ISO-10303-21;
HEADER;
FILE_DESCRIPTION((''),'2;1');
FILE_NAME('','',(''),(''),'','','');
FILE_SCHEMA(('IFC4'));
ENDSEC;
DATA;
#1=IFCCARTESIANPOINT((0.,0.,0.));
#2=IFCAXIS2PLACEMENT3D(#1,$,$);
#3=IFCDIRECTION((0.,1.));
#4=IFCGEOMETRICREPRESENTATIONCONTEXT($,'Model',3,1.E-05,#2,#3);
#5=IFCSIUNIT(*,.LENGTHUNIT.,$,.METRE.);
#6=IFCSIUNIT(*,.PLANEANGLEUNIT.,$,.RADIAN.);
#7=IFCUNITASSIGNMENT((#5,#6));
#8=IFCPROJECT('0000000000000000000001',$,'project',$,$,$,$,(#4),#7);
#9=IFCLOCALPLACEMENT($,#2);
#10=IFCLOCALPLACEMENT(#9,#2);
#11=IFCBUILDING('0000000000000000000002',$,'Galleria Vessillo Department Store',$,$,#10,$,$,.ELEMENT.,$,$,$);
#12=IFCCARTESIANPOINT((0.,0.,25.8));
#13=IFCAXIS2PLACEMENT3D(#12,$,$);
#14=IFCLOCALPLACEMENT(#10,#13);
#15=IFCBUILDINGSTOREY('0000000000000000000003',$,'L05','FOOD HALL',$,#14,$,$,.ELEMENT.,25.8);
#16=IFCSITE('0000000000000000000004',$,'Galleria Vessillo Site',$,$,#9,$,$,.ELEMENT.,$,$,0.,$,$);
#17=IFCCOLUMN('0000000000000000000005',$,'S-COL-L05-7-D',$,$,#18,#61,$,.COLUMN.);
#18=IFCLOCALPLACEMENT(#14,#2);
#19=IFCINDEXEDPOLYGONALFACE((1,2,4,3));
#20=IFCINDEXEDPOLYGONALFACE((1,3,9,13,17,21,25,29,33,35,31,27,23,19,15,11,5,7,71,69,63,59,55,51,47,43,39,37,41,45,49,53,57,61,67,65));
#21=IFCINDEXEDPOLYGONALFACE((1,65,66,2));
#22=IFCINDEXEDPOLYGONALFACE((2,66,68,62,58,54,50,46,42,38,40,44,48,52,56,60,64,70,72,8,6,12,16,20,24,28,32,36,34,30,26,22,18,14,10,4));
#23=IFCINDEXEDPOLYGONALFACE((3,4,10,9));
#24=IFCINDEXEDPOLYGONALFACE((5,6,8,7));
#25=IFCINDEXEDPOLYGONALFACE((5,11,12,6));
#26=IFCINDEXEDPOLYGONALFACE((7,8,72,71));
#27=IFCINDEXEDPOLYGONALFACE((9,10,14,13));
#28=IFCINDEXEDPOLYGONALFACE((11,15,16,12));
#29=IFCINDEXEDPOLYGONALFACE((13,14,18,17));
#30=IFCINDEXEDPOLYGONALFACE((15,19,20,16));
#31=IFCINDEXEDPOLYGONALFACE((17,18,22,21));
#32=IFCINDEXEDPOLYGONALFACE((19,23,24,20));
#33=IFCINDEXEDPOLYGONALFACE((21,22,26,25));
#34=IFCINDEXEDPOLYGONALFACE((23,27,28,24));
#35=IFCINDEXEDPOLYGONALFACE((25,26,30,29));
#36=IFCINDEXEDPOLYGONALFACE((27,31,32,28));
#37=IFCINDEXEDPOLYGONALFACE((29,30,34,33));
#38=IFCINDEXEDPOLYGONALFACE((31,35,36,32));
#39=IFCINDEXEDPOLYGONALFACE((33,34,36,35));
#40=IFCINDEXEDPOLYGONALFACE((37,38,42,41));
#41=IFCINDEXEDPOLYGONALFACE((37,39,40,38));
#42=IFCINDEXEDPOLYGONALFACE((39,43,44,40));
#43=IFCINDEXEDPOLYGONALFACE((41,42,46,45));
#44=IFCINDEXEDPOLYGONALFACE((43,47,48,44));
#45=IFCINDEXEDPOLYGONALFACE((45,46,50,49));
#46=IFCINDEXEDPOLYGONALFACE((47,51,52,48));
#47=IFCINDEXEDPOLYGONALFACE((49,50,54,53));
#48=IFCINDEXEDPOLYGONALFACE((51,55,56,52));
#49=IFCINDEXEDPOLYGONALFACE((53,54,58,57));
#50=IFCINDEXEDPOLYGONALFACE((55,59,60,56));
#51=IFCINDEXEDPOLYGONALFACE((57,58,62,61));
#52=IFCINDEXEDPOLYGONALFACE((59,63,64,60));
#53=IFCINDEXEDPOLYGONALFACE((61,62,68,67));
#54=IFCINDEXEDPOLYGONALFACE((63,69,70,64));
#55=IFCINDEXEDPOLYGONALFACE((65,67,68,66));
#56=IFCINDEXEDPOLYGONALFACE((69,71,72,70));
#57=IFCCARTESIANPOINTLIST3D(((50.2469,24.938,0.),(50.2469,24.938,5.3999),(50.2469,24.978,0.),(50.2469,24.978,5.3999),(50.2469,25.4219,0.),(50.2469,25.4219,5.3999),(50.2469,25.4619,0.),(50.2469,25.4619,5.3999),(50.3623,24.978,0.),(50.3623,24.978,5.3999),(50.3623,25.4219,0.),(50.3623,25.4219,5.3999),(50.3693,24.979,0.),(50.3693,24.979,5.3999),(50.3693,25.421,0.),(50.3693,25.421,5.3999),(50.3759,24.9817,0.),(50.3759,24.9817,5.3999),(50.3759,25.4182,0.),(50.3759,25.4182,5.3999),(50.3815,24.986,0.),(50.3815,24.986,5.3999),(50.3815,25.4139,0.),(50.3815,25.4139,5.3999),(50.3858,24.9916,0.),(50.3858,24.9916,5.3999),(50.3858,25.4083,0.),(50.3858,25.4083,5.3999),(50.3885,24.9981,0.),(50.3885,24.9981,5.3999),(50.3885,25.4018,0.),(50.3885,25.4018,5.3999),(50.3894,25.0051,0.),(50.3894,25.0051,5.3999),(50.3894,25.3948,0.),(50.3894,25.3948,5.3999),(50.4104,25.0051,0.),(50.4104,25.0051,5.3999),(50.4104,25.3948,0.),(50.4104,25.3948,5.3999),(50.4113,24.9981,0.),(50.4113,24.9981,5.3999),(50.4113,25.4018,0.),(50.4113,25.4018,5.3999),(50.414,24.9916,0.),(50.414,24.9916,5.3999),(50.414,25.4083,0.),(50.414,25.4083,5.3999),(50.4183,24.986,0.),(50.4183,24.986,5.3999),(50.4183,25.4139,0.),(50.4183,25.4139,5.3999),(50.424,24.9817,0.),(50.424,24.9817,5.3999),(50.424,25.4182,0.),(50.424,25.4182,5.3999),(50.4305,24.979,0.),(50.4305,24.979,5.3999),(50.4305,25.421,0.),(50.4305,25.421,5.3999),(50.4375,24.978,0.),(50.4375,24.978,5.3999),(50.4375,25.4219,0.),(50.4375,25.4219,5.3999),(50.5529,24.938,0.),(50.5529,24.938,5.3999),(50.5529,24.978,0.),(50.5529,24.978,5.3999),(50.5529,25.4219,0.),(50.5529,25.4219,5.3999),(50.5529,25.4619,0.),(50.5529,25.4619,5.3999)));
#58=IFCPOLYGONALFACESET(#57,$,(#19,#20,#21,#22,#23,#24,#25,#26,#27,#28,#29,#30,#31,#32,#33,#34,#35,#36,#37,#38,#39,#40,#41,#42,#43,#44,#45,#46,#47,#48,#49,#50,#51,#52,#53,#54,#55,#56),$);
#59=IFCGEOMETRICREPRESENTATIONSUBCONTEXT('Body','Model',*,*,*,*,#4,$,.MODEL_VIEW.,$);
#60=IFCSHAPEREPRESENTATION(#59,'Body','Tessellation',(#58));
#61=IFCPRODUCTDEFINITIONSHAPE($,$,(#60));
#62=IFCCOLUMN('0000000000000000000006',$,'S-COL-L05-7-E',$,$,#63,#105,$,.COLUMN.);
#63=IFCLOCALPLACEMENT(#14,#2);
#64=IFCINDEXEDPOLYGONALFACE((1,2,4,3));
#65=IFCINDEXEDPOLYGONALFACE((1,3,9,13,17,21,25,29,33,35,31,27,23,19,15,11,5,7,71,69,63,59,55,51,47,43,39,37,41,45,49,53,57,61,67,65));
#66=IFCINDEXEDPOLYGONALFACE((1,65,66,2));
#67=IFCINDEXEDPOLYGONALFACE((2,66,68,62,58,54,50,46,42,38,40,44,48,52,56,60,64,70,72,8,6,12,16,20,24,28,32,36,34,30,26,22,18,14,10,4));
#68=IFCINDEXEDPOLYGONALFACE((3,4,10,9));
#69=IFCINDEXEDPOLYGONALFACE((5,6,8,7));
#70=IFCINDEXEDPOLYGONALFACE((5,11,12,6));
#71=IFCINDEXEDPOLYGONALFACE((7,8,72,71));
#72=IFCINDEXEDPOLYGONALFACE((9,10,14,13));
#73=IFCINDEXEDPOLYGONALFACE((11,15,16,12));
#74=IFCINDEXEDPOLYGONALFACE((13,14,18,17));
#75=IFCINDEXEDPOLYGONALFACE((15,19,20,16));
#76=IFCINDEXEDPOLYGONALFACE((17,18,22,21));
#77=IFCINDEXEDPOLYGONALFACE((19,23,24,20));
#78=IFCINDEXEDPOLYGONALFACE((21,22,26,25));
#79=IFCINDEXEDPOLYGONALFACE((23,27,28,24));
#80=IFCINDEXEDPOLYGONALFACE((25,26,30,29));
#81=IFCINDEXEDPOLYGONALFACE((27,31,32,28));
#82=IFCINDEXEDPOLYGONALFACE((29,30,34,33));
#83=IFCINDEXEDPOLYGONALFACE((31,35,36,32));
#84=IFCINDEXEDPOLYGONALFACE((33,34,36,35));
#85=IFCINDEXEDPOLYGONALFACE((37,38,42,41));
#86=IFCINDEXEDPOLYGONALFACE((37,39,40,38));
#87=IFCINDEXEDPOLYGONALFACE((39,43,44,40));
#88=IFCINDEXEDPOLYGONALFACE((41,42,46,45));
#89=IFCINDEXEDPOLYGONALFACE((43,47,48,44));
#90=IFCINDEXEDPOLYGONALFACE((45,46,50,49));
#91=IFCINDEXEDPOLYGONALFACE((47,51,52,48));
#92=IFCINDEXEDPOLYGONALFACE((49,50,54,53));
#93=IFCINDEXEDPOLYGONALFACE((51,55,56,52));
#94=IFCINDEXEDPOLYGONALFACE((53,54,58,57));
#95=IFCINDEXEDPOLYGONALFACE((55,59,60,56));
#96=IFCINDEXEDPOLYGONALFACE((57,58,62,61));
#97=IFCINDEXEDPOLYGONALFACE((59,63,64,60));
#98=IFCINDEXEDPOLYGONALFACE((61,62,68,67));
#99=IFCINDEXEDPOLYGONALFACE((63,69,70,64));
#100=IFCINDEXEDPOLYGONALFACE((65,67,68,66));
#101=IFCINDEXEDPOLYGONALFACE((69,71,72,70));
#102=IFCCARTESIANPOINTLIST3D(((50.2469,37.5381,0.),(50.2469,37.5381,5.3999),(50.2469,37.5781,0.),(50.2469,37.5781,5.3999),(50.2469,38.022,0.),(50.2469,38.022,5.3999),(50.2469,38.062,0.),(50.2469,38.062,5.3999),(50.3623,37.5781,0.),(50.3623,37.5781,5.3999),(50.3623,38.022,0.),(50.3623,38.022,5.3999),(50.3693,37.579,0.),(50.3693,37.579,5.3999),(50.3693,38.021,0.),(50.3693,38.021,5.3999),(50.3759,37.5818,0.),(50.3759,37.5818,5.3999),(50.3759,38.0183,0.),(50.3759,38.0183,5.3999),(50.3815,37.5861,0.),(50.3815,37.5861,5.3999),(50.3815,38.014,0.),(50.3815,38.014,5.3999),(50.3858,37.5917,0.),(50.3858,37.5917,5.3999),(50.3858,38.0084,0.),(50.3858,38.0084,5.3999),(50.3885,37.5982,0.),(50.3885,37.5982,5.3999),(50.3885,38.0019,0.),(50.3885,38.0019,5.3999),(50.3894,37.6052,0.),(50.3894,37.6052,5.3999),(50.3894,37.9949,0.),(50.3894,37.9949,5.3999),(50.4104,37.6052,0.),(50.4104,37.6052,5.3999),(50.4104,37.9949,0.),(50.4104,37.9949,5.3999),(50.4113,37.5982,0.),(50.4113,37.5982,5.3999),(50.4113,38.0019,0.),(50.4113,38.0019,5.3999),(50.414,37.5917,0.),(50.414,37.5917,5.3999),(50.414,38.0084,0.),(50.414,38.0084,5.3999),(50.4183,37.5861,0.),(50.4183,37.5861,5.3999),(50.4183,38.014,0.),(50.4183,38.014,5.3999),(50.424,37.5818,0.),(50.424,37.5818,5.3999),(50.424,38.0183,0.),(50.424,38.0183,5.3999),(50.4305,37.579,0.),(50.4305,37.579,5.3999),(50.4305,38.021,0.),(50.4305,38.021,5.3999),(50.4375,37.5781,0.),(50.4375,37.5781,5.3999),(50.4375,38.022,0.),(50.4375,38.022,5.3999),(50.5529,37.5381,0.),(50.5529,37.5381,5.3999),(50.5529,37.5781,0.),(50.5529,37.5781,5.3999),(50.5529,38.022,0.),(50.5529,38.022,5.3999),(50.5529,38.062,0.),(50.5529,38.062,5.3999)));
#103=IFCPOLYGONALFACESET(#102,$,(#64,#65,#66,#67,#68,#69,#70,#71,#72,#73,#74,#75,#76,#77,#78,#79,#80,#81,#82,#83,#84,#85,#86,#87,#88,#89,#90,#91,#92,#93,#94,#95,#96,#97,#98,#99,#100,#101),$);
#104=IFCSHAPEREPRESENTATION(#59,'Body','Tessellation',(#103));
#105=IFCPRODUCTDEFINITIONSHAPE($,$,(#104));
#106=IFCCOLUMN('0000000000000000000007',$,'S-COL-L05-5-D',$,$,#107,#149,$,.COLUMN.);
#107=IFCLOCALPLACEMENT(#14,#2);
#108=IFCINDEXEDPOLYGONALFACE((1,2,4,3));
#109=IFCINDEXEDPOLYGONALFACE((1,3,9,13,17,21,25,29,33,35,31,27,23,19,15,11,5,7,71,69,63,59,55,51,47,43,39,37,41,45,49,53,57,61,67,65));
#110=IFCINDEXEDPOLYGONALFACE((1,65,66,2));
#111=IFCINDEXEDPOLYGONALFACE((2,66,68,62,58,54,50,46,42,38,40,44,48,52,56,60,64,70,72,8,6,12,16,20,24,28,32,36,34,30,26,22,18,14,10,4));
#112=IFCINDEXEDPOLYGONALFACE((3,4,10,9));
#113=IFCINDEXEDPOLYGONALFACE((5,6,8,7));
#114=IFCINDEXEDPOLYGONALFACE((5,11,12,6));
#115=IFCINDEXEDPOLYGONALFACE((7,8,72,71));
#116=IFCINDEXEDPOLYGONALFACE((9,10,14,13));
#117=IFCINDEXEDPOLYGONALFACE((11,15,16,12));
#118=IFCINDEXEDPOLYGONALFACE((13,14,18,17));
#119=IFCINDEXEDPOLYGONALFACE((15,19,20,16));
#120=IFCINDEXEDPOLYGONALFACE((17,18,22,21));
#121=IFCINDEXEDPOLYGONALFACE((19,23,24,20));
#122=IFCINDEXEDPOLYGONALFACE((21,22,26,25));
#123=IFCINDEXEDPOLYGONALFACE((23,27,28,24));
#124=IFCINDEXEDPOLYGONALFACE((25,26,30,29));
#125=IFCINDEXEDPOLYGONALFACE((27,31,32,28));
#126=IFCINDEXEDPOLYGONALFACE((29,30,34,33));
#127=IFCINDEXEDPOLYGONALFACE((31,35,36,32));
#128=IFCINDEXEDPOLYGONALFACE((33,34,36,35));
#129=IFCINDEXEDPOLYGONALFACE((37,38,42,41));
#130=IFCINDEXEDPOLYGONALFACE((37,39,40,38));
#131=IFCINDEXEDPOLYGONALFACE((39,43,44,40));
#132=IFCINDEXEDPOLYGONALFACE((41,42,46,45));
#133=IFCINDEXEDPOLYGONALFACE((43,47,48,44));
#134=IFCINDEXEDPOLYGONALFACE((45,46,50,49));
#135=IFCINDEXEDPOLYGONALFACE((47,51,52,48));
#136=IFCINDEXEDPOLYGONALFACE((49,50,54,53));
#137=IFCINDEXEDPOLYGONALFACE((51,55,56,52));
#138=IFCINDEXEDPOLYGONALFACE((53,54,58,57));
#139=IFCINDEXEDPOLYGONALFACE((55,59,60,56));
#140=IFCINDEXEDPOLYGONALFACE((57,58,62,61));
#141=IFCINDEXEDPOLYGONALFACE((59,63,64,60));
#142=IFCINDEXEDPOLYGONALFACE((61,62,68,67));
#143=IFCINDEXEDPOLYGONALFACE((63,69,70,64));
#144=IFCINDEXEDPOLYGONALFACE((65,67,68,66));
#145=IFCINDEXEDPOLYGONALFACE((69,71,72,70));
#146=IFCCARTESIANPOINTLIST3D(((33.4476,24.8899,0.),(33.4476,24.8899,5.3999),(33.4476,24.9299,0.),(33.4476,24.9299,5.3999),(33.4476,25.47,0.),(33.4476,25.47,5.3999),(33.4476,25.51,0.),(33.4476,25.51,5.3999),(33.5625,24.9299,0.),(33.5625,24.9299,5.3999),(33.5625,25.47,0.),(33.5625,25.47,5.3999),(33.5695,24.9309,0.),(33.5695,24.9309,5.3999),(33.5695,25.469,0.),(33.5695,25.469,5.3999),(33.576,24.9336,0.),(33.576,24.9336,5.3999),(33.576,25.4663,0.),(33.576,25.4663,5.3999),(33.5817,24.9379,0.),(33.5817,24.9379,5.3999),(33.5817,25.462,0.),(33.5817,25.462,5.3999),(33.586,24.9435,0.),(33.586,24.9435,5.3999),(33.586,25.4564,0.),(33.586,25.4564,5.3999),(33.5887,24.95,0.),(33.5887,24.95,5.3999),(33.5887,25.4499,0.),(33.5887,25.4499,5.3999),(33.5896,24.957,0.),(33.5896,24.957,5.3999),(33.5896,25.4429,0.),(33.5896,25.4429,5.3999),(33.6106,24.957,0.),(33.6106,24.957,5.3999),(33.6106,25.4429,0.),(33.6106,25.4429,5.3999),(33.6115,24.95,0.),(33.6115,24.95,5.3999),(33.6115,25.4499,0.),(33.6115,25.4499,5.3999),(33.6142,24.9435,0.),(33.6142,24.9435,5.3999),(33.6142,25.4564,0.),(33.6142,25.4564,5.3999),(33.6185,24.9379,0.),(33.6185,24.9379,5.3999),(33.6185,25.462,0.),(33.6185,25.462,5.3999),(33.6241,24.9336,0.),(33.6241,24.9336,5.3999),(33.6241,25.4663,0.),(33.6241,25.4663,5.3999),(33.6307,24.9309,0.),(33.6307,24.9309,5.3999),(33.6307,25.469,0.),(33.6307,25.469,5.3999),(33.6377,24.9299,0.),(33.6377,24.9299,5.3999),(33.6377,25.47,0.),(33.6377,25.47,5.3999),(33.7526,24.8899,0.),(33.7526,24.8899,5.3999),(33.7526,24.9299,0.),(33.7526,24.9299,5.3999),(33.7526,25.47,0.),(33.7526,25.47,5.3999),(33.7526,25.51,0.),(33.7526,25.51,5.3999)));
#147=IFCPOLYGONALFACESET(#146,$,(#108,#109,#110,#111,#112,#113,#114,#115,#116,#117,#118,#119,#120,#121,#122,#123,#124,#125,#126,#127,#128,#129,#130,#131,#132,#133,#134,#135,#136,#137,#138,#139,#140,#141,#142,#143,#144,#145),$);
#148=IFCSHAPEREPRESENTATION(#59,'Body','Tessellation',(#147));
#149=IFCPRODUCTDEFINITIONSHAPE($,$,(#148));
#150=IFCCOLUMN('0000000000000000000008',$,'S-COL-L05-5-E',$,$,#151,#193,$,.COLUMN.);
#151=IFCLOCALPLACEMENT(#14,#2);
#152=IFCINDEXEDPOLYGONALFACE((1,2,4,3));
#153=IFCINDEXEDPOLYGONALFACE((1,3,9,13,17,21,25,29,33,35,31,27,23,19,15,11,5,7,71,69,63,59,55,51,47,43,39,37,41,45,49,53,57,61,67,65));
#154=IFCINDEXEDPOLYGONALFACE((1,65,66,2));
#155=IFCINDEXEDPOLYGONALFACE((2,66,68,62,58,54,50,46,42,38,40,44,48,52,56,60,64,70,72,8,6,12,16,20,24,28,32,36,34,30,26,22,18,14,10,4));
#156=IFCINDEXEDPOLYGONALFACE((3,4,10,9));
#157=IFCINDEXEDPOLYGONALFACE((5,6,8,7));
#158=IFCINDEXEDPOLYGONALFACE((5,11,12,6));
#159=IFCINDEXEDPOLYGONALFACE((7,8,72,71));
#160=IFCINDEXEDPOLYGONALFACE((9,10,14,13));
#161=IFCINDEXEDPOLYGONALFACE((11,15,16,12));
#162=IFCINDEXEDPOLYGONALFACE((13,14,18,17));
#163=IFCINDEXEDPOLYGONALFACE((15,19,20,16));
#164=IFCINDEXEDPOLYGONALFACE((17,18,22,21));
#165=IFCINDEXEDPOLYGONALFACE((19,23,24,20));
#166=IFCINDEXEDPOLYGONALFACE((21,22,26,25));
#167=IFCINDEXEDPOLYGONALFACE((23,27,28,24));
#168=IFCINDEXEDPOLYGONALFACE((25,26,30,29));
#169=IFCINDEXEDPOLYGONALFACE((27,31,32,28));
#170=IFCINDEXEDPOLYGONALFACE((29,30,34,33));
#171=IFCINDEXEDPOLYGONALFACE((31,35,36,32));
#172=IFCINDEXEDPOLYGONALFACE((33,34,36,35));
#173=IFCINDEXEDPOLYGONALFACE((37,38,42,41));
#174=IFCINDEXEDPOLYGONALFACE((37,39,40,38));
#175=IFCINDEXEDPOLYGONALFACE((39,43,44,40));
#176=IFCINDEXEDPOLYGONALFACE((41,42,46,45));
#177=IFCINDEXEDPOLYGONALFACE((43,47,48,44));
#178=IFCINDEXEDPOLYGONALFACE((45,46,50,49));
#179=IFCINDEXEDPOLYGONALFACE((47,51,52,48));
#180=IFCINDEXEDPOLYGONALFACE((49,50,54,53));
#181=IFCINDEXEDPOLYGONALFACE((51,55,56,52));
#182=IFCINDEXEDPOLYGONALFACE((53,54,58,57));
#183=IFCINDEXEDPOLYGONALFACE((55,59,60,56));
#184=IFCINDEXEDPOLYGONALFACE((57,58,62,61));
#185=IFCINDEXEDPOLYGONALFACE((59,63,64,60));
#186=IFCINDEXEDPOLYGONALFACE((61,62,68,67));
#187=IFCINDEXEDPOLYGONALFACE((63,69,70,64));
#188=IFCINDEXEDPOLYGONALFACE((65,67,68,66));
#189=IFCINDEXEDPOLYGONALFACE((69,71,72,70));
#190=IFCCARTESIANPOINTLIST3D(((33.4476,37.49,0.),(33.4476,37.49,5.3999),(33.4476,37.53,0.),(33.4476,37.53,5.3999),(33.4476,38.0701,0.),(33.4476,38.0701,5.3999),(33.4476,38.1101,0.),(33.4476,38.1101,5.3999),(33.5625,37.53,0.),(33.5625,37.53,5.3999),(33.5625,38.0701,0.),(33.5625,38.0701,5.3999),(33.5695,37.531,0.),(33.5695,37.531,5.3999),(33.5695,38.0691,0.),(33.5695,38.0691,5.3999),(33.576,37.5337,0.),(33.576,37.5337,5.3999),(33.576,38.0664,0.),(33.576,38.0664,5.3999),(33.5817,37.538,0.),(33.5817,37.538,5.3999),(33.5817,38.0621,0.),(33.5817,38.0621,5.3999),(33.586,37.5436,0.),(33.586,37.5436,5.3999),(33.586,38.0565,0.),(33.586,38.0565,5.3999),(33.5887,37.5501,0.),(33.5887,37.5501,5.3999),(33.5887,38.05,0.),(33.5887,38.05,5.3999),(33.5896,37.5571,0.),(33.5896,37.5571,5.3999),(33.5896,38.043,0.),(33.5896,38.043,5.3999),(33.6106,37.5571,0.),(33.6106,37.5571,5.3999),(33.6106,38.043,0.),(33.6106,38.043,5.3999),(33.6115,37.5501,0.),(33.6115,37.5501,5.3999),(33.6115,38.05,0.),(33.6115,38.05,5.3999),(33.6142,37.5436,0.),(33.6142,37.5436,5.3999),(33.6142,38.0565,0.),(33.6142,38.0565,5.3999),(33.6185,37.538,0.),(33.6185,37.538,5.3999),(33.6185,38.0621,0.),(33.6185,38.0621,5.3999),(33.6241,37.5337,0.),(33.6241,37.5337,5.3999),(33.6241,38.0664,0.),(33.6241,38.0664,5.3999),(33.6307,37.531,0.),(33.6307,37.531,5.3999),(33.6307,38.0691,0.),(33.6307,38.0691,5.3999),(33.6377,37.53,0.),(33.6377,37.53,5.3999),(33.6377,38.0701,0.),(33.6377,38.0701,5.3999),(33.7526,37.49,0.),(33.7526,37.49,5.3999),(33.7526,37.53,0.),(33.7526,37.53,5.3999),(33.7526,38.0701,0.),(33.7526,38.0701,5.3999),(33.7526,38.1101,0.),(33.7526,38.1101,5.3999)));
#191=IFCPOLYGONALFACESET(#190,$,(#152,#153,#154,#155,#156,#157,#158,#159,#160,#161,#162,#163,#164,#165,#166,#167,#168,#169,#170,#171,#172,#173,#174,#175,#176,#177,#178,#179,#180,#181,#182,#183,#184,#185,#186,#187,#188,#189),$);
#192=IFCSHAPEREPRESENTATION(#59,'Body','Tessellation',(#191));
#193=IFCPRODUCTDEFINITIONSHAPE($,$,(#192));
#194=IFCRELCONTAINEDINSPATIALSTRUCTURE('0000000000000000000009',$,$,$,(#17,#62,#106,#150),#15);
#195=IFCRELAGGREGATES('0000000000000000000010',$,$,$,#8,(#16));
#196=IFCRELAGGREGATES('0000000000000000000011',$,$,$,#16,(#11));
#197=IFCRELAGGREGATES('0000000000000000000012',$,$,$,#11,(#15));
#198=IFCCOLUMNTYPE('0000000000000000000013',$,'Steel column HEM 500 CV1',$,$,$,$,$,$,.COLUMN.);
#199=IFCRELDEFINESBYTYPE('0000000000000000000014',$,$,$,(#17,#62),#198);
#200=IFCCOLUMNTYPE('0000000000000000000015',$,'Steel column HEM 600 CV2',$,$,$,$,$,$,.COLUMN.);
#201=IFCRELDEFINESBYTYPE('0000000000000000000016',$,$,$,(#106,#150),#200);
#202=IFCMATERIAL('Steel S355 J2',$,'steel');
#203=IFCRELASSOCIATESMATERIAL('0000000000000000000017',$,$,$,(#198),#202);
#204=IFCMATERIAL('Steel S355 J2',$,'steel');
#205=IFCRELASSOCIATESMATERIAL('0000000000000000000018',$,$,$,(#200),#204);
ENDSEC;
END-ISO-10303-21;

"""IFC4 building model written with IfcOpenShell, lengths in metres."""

from ifc_helpers import new_model, si_unit, direction, frame, origin, origin_2d, place, context, subcontext, project, spatial, i_section, extrude, material, material_profile, profile_set, type_object, element, save


model = new_model("IFC4")

# Units and contexts
model_context = context("Model", 3, precision=1e-05, world=origin(), true_north=direction((0.0, 1.0)))
body_context = subcontext(model_context, "Body", "Model", "MODEL_VIEW")
ifc_project = project(units=[si_unit("LENGTHUNIT", "METRE"), si_unit("PLANEANGLEUNIT", "RADIAN")], contexts=[model_context])

# Site, building, storey
site_placement = place(None, origin())
site = spatial("IfcSite", under=ifc_project, at=site_placement, Name="Galleria Vessillo Site", CompositionType="ELEMENT", RefElevation=0.0)
building_placement = place(site_placement, origin())
building = spatial("IfcBuilding", under=site, at=building_placement, Name="Galleria Vessillo Department Store", CompositionType="ELEMENT")
storey_placement = place(building_placement, frame((0.0, 0.0, 25.8)))
storey = spatial("IfcBuildingStorey", under=building, at=storey_placement, Name="L05", Description="FOOD HALL", CompositionType="ELEMENT", Elevation=25.8)

# Columns
ifc_material_1 = material(Name="Steel S355 J2", Category="steel")
ifc_material_profile_1 = material_profile(ifc_material_1, i_section(OverallWidth=0.3059, OverallDepth=0.5239, WebThickness=0.021, FlangeThickness=0.04, FilletRadius=0.0271, at=origin_2d()), Name="HEM 500")
ifc_profile_set_1 = profile_set([ifc_material_profile_1], Name="Steel S355 J2")
column_type_1 = type_object("IfcColumnType", Name="Steel column HEM 500 CV1", PredefinedType="COLUMN", material=ifc_profile_set_1)
for number, where, z_axis, x_axis, name in (
    (1, (50.3999, 25.2, 0.0), (0.0, 0.0, 1.0), (1.0, 0.0, 0.0), "S-COL-L05-7-D"),
    (2, (50.3999, 37.8, 0.0), (0.0, 0.0, 1.0), (1.0, 0.0, 0.0), "S-COL-L05-7-E"),
):
    element("IfcColumn", number, at=place(storey_placement, frame(where, z_axis=z_axis, x_axis=x_axis)), inside=storey, type_object=column_type_1, Name=name, PredefinedType="COLUMN", context=body_context, shape_type="SweptSolid", body=[
        extrude(i_section(OverallWidth=0.3059, OverallDepth=0.5239, WebThickness=0.021, FlangeThickness=0.04, FilletRadius=0.0271, at=origin_2d()), origin(), (0.0, 0.0, 1.0), 5.3999),
    ])
ifc_material_2 = material(Name="Steel S355 J2", Category="steel")
ifc_material_profile_2 = material_profile(ifc_material_2, i_section(OverallWidth=0.3049, OverallDepth=0.6201, WebThickness=0.021, FlangeThickness=0.04, FilletRadius=0.0271, at=origin_2d()), Name="HEM 600")
ifc_profile_set_2 = profile_set([ifc_material_profile_2], Name="Steel S355 J2")
column_type_2 = type_object("IfcColumnType", Name="Steel column HEM 600 CV2", PredefinedType="COLUMN", material=ifc_profile_set_2)
for number, where, z_axis, x_axis, name in (
    (3, (33.6001, 25.2, 0.0), (0.0, 0.0, 1.0), (1.0, 0.0, 0.0), "S-COL-L05-5-D"),
    (4, (33.6001, 37.8, 0.0), (0.0, 0.0, 1.0), (1.0, 0.0, 0.0), "S-COL-L05-5-E"),
):
    element("IfcColumn", number, at=place(storey_placement, frame(where, z_axis=z_axis, x_axis=x_axis)), inside=storey, type_object=column_type_2, Name=name, PredefinedType="COLUMN", context=body_context, shape_type="SweptSolid", body=[
        extrude(i_section(OverallWidth=0.3049, OverallDepth=0.6201, WebThickness=0.021, FlangeThickness=0.04, FilletRadius=0.0271, at=origin_2d()), origin(), (0.0, 0.0, 1.0), 5.3999),
    ])

save(model, "model.ifc")
